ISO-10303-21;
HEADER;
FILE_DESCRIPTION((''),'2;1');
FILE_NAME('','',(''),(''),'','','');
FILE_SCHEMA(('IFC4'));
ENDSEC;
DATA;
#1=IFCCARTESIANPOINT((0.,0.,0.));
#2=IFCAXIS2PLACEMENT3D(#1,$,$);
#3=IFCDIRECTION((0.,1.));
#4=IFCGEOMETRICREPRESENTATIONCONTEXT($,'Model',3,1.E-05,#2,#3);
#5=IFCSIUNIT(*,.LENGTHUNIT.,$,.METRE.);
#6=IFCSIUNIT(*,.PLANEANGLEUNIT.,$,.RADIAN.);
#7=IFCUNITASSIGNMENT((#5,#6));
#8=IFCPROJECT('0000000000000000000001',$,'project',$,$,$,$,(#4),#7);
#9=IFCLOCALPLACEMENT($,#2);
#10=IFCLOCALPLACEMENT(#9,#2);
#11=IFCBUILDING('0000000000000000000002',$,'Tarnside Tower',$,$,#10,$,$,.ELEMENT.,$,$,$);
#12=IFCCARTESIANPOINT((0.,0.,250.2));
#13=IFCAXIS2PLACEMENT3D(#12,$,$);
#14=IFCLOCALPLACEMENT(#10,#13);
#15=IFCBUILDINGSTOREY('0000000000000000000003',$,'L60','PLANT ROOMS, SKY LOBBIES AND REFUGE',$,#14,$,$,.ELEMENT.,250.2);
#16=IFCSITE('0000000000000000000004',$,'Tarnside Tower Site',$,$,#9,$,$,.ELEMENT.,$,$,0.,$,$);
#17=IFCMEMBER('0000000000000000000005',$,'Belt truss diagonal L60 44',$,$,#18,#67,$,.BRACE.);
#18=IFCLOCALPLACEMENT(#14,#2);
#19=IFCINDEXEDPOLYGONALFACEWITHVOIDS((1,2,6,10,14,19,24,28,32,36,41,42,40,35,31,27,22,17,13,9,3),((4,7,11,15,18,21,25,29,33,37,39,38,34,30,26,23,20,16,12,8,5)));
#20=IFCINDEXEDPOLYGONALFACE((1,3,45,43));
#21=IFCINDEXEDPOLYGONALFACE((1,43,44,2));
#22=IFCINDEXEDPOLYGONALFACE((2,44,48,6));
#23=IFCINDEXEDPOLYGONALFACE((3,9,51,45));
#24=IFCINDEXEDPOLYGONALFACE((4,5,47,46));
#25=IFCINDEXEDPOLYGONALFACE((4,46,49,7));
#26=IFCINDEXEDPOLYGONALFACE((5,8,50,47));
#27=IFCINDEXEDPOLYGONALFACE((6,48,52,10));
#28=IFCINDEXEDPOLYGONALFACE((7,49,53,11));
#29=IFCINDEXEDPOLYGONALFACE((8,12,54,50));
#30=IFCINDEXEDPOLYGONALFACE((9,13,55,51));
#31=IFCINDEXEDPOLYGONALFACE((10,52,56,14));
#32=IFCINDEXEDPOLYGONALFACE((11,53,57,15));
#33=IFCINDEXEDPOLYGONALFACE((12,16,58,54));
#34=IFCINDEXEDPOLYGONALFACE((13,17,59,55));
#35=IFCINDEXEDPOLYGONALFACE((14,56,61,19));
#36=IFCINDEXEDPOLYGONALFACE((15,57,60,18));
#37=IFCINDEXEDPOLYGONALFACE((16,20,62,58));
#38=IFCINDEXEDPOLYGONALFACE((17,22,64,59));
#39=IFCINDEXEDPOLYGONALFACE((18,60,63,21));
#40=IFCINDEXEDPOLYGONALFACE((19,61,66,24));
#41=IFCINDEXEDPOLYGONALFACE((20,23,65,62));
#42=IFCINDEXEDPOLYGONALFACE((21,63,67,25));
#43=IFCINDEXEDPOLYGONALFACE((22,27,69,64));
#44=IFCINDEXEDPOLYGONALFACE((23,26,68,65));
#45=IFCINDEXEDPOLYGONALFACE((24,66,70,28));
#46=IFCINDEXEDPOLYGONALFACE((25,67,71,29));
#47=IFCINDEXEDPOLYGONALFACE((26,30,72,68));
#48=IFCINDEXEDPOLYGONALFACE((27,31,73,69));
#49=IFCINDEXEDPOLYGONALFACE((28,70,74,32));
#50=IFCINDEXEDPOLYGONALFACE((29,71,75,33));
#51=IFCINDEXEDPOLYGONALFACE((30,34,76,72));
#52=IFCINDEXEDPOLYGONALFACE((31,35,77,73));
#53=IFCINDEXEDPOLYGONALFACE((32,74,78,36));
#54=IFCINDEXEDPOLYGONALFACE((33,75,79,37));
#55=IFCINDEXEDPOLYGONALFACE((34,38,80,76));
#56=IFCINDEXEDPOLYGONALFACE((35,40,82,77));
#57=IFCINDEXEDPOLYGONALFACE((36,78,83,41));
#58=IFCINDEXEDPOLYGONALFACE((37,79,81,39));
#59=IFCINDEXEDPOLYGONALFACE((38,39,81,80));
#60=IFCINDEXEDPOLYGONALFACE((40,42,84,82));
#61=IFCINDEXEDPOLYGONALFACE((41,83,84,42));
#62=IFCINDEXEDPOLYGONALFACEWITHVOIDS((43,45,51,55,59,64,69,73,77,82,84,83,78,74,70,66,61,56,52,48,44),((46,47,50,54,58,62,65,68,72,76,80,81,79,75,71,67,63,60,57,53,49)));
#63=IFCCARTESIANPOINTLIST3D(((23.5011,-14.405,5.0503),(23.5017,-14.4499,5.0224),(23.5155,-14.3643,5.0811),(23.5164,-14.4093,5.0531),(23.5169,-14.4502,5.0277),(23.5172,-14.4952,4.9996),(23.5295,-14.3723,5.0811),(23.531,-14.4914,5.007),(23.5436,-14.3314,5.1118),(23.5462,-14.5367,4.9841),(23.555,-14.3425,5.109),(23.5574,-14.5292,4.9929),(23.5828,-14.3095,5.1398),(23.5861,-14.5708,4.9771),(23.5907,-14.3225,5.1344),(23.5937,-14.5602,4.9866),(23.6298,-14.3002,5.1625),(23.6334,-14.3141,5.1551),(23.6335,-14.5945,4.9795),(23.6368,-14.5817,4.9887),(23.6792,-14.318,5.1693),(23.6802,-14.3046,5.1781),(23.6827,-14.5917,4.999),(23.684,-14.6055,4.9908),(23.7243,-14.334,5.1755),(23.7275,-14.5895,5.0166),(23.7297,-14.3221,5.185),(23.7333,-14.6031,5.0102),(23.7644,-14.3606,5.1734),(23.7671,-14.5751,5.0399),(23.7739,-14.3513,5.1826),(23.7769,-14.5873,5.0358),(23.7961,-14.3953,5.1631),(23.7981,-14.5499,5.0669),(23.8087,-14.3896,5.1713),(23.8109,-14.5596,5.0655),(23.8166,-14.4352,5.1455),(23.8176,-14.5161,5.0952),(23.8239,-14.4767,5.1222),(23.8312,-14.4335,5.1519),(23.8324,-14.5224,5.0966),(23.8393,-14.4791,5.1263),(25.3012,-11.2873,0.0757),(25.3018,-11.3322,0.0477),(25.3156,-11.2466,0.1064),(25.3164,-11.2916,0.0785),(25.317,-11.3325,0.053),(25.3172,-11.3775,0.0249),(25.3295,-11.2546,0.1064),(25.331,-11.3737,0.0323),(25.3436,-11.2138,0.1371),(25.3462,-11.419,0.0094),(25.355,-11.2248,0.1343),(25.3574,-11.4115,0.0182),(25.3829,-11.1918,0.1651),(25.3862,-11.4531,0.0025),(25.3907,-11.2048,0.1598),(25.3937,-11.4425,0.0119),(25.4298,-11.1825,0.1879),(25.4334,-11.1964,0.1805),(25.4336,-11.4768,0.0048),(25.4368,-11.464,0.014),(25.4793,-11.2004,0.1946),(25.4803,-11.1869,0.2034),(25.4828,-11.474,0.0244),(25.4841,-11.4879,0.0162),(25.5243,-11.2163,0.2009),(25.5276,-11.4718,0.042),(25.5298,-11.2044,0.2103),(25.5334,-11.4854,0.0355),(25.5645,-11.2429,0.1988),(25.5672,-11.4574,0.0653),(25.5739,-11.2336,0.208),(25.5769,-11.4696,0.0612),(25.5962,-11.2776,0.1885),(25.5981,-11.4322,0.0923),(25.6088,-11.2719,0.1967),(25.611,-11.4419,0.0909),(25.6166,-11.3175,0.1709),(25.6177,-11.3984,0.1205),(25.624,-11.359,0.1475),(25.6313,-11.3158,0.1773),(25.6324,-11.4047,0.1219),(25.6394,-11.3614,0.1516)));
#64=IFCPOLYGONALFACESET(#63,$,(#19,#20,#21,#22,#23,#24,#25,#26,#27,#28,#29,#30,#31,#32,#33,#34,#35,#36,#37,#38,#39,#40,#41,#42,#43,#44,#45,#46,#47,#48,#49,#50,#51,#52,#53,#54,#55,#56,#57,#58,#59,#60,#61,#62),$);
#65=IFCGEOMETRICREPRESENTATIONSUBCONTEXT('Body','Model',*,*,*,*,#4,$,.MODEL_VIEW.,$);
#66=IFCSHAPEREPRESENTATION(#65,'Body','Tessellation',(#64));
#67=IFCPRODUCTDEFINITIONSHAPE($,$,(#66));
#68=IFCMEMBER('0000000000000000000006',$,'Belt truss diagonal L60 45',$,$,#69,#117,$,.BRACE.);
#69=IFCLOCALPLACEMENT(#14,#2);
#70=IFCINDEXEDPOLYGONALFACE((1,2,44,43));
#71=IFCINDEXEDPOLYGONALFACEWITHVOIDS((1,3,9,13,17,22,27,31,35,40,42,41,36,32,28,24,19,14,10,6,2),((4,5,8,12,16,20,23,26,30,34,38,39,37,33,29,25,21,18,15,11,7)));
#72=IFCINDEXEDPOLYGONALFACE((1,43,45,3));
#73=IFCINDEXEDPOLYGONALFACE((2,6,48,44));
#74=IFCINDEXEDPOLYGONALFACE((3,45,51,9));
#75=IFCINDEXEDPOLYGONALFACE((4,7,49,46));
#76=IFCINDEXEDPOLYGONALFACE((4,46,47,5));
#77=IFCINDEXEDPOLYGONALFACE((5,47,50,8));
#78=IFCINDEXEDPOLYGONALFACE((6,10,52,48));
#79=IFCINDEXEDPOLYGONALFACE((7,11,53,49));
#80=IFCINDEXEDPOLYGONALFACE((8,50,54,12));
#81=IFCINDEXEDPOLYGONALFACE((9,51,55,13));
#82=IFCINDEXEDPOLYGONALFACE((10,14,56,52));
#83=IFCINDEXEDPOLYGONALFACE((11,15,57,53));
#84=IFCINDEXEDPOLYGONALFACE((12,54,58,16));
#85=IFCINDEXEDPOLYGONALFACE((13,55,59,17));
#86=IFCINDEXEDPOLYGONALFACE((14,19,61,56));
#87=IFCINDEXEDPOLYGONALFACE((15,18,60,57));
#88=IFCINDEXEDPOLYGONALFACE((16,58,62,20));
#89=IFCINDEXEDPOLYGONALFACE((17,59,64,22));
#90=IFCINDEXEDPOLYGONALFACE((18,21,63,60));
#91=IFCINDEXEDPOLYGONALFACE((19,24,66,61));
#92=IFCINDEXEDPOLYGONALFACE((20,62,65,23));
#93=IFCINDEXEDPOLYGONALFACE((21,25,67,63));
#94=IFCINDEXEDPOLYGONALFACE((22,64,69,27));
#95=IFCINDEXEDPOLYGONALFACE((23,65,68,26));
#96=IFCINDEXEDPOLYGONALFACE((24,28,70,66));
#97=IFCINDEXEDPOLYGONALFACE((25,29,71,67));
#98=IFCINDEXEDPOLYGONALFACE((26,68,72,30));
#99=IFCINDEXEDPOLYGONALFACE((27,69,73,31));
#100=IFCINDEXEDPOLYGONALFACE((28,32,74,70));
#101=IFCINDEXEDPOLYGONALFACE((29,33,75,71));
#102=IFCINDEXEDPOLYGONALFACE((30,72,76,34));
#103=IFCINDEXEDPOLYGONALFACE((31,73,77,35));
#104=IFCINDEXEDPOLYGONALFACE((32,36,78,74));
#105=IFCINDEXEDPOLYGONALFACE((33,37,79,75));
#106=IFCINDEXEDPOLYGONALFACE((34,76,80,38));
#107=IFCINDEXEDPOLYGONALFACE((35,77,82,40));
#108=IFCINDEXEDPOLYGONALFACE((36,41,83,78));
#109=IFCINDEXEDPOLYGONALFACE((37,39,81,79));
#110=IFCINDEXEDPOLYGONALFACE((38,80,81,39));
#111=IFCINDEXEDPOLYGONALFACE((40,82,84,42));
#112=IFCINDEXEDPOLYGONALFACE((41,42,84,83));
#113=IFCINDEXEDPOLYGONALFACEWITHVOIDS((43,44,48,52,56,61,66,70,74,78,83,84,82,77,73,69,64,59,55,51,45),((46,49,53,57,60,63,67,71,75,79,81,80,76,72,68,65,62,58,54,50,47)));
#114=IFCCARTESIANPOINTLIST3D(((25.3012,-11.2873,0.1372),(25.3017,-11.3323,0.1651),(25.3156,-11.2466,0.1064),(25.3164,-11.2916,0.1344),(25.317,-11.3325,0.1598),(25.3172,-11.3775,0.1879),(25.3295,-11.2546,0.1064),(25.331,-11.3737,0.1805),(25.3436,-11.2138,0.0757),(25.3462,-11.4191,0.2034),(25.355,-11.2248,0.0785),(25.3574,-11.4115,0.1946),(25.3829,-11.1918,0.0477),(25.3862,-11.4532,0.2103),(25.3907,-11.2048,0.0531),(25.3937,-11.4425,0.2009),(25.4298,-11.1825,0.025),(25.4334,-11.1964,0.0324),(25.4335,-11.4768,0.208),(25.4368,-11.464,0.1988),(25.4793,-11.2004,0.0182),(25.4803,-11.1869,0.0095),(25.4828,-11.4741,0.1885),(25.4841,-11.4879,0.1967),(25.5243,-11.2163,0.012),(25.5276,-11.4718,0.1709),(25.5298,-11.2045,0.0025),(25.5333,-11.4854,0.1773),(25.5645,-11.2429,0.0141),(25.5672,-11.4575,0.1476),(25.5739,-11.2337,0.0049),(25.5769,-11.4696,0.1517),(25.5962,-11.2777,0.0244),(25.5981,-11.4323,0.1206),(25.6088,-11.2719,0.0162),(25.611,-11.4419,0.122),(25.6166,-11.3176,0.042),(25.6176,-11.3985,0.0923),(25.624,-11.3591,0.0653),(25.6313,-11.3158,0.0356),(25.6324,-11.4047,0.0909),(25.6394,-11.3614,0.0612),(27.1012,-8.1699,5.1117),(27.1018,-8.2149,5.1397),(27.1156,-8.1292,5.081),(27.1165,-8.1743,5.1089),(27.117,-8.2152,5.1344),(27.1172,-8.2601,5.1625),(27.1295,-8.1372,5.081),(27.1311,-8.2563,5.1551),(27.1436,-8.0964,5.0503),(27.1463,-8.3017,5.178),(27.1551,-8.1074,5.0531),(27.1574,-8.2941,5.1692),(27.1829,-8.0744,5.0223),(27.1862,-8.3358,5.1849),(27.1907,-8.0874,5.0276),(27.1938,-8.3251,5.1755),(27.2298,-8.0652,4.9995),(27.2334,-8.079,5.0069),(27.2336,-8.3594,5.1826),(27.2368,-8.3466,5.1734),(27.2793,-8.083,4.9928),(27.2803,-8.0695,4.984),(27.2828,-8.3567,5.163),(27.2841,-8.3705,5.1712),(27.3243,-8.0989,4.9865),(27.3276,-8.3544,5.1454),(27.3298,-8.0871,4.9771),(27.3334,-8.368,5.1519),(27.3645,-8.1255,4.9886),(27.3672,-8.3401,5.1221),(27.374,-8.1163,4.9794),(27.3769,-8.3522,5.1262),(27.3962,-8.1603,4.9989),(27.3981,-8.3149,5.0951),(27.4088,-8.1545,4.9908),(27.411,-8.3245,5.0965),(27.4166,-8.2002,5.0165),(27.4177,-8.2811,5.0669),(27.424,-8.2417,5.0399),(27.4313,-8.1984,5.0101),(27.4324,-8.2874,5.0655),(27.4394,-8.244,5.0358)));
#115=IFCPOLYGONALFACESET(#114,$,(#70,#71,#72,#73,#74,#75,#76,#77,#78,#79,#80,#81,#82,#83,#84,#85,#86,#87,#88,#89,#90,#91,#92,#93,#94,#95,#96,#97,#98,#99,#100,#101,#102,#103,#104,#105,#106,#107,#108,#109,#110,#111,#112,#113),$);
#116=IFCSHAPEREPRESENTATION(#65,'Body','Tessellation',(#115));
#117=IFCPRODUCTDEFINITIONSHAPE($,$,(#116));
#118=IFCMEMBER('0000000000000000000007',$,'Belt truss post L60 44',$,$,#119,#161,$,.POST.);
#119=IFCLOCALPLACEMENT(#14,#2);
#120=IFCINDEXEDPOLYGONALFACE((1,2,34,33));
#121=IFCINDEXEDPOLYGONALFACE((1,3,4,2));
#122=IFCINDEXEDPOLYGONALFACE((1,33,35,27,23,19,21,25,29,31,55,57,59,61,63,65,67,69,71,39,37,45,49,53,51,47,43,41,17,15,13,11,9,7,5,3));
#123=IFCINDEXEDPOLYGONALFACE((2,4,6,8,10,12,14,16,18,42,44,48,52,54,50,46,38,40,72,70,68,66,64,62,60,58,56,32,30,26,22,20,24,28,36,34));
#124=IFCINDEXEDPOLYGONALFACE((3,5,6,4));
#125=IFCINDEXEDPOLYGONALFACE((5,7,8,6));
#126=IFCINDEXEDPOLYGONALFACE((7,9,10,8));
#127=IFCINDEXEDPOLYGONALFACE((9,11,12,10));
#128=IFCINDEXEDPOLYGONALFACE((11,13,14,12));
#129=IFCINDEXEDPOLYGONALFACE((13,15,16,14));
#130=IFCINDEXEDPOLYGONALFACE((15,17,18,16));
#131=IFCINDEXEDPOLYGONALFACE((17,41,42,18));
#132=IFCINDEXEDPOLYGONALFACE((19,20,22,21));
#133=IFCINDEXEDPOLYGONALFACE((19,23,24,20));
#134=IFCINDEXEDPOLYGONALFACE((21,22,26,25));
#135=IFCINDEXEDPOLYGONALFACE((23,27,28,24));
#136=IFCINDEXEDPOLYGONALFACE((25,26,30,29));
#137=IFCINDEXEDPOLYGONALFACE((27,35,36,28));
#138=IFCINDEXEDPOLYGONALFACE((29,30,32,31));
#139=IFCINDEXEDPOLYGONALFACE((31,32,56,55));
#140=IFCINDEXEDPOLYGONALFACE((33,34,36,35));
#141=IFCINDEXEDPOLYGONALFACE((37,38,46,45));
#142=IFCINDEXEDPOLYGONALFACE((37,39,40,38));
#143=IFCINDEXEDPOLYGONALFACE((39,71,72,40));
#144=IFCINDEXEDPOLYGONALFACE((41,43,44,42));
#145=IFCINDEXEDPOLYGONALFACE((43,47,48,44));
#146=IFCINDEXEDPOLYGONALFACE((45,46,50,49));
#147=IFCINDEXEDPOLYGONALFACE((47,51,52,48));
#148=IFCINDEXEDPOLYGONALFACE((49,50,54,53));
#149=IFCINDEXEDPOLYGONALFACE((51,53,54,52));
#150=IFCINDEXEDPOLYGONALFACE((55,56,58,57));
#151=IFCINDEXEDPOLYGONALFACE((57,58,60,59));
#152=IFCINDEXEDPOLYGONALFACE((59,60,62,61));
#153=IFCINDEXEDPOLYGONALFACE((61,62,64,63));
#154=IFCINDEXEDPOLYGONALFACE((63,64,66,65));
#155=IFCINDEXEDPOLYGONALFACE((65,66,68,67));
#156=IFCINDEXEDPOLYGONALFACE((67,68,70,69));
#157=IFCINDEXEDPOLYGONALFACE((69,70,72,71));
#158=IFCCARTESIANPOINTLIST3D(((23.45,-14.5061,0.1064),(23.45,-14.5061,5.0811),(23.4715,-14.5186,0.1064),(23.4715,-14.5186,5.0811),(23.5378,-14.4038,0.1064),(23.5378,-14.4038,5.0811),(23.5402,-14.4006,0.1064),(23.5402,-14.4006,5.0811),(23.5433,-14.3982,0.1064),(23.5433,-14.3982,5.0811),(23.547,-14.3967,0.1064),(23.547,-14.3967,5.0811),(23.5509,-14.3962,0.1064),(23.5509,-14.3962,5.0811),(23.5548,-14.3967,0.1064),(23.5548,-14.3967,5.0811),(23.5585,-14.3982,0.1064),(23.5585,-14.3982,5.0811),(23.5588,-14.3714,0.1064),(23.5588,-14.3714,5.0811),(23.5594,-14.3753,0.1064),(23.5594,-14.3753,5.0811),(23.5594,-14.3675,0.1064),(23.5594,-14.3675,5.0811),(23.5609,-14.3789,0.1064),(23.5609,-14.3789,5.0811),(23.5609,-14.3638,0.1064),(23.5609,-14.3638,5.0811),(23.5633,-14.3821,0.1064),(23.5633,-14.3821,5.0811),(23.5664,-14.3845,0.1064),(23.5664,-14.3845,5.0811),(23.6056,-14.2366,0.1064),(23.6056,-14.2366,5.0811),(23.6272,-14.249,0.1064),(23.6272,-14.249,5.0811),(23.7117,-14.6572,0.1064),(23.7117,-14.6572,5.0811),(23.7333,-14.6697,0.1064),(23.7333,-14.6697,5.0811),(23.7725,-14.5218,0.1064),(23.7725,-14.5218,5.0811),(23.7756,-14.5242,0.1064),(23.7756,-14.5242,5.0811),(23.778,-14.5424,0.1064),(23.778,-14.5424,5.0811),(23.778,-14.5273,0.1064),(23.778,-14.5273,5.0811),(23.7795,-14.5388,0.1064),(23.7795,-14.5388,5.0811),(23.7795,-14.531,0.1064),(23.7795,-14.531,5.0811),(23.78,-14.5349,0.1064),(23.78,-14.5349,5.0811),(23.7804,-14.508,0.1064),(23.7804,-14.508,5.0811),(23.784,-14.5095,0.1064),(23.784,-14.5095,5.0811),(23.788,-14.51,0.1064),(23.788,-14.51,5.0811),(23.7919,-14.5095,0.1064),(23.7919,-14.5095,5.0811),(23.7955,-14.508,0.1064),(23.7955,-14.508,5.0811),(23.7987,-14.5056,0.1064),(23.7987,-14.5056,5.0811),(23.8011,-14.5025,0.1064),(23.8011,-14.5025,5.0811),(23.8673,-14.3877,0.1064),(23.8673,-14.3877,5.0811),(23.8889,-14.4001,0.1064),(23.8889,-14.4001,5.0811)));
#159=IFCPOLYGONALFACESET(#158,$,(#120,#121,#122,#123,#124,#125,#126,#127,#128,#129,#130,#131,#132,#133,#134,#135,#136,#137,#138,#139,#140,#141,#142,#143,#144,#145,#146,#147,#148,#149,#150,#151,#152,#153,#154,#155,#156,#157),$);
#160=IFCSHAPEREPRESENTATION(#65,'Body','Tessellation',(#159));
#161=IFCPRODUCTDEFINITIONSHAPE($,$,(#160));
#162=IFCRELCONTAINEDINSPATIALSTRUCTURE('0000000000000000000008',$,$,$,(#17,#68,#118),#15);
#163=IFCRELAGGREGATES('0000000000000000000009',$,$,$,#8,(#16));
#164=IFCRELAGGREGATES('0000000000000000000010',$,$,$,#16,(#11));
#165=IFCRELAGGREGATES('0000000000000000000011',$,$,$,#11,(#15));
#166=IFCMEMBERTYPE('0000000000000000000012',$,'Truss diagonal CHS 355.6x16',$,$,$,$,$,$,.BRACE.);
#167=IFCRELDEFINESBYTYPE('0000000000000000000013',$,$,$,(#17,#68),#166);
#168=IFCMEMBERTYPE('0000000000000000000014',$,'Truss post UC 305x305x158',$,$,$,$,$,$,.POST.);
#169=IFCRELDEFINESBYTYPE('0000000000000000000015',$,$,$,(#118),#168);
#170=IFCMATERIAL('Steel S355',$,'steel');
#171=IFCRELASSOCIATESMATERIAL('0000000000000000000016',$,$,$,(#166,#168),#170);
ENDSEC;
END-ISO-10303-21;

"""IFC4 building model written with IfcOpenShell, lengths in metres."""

from ifc_helpers import new_model, si_unit, direction, frame, origin, origin_2d, place, context, subcontext, project, spatial, hollow_circle, i_section, extrude, material, material_profile, profile_set, type_object, element, save


model = new_model("IFC4")

# Units and contexts
model_context = context("Model", 3, precision=1e-05, world=origin(), true_north=direction((0.0, 1.0)))
body_context = subcontext(model_context, "Body", "Model", "MODEL_VIEW")
ifc_project = project(units=[si_unit("LENGTHUNIT", "METRE"), si_unit("PLANEANGLEUNIT", "RADIAN")], contexts=[model_context])

# Site, building, storey
site_placement = place(None, origin())
site = spatial("IfcSite", under=ifc_project, at=site_placement, Name="Tarnside Tower Site", CompositionType="ELEMENT", RefElevation=0.0)
building_placement = place(site_placement, origin())
building = spatial("IfcBuilding", under=site, at=building_placement, Name="Tarnside Tower", CompositionType="ELEMENT")
storey_placement = place(building_placement, frame((0.0, 0.0, 250.2)))
storey = spatial("IfcBuildingStorey", under=building, at=storey_placement, Name="L60", Description="PLANT ROOMS, SKY LOBBIES AND REFUGE", CompositionType="ELEMENT", Elevation=250.2)

# Shared definitions
ifc_material_1 = material(Name="Steel S355", Category="steel")

# Members
ifc_material_profile_1 = material_profile(ifc_material_1, hollow_circle(Radius=0.1777, WallThickness=0.0161, at=origin_2d()), Name="CHS 355.6x16")
ifc_profile_set_1 = profile_set([ifc_material_profile_1], Name="Steel S355")
member_type_1 = type_object("IfcMemberType", Name="Truss diagonal CHS 355.6x16", PredefinedType="BRACE", material=ifc_profile_set_1)
member_1_placement = place(storey_placement, frame((23.6694, -14.4531, 5.0811), z_axis=(0.29314, 0.507716, -0.810119), x_axis=(-0.866018, 0.500012, 0.0)))
element("IfcMember", 1, at=member_1_placement, inside=storey, type_object=member_type_1, Name="Belt truss diagonal L60 44", PredefinedType="BRACE", context=body_context, shape_type="SweptSolid", body=[
    extrude(hollow_circle(Radius=0.1777, WallThickness=0.0161, at=origin_2d()), origin(), (0.0, 0.0, 1.0), 6.1406),
])
member_2_placement = place(storey_placement, frame((25.4695, -11.3354, 0.1064), z_axis=(0.293145, 0.507687, 0.810136), x_axis=(-0.866001, 0.500041, 0.0)))
element("IfcMember", 2, at=member_2_placement, inside=storey, type_object=member_type_1, Name="Belt truss diagonal L60 45", PredefinedType="BRACE", context=body_context, shape_type="SweptSolid", body=[
    extrude(hollow_circle(Radius=0.1777, WallThickness=0.0161, at=origin_2d()), origin(), (0.0, 0.0, 1.0), 6.1404),
])
ifc_material_profile_2 = material_profile(ifc_material_1, i_section(OverallWidth=0.3113, OverallDepth=0.3271, WebThickness=0.0159, FlangeThickness=0.0249, FilletRadius=0.0151, at=origin_2d()), Name="UC 305x305x158")
ifc_profile_set_2 = profile_set([ifc_material_profile_2], Name="Steel S355")
member_type_2 = type_object("IfcMemberType", Name="Truss post UC 305x305x158", PredefinedType="POST", material=ifc_profile_set_2)
for number, where, z_axis, x_axis, name in (
    (3, (23.6694, -14.4531, 0.1064), (0.0, 0.0, 1.0), (0.5, 0.866025, 0.0), "Belt truss post L60 44"),
):
    element("IfcMember", number, at=place(storey_placement, frame(where, z_axis=z_axis, x_axis=x_axis)), inside=storey, type_object=member_type_2, Name=name, PredefinedType="POST", context=body_context, shape_type="SweptSolid", body=[
        extrude(i_section(OverallWidth=0.3113, OverallDepth=0.3271, WebThickness=0.0159, FlangeThickness=0.0249, FilletRadius=0.0151, at=origin_2d()), origin(), (0.0, 0.0, 1.0), 4.9746),
    ])

save(model, "model.ifc")
